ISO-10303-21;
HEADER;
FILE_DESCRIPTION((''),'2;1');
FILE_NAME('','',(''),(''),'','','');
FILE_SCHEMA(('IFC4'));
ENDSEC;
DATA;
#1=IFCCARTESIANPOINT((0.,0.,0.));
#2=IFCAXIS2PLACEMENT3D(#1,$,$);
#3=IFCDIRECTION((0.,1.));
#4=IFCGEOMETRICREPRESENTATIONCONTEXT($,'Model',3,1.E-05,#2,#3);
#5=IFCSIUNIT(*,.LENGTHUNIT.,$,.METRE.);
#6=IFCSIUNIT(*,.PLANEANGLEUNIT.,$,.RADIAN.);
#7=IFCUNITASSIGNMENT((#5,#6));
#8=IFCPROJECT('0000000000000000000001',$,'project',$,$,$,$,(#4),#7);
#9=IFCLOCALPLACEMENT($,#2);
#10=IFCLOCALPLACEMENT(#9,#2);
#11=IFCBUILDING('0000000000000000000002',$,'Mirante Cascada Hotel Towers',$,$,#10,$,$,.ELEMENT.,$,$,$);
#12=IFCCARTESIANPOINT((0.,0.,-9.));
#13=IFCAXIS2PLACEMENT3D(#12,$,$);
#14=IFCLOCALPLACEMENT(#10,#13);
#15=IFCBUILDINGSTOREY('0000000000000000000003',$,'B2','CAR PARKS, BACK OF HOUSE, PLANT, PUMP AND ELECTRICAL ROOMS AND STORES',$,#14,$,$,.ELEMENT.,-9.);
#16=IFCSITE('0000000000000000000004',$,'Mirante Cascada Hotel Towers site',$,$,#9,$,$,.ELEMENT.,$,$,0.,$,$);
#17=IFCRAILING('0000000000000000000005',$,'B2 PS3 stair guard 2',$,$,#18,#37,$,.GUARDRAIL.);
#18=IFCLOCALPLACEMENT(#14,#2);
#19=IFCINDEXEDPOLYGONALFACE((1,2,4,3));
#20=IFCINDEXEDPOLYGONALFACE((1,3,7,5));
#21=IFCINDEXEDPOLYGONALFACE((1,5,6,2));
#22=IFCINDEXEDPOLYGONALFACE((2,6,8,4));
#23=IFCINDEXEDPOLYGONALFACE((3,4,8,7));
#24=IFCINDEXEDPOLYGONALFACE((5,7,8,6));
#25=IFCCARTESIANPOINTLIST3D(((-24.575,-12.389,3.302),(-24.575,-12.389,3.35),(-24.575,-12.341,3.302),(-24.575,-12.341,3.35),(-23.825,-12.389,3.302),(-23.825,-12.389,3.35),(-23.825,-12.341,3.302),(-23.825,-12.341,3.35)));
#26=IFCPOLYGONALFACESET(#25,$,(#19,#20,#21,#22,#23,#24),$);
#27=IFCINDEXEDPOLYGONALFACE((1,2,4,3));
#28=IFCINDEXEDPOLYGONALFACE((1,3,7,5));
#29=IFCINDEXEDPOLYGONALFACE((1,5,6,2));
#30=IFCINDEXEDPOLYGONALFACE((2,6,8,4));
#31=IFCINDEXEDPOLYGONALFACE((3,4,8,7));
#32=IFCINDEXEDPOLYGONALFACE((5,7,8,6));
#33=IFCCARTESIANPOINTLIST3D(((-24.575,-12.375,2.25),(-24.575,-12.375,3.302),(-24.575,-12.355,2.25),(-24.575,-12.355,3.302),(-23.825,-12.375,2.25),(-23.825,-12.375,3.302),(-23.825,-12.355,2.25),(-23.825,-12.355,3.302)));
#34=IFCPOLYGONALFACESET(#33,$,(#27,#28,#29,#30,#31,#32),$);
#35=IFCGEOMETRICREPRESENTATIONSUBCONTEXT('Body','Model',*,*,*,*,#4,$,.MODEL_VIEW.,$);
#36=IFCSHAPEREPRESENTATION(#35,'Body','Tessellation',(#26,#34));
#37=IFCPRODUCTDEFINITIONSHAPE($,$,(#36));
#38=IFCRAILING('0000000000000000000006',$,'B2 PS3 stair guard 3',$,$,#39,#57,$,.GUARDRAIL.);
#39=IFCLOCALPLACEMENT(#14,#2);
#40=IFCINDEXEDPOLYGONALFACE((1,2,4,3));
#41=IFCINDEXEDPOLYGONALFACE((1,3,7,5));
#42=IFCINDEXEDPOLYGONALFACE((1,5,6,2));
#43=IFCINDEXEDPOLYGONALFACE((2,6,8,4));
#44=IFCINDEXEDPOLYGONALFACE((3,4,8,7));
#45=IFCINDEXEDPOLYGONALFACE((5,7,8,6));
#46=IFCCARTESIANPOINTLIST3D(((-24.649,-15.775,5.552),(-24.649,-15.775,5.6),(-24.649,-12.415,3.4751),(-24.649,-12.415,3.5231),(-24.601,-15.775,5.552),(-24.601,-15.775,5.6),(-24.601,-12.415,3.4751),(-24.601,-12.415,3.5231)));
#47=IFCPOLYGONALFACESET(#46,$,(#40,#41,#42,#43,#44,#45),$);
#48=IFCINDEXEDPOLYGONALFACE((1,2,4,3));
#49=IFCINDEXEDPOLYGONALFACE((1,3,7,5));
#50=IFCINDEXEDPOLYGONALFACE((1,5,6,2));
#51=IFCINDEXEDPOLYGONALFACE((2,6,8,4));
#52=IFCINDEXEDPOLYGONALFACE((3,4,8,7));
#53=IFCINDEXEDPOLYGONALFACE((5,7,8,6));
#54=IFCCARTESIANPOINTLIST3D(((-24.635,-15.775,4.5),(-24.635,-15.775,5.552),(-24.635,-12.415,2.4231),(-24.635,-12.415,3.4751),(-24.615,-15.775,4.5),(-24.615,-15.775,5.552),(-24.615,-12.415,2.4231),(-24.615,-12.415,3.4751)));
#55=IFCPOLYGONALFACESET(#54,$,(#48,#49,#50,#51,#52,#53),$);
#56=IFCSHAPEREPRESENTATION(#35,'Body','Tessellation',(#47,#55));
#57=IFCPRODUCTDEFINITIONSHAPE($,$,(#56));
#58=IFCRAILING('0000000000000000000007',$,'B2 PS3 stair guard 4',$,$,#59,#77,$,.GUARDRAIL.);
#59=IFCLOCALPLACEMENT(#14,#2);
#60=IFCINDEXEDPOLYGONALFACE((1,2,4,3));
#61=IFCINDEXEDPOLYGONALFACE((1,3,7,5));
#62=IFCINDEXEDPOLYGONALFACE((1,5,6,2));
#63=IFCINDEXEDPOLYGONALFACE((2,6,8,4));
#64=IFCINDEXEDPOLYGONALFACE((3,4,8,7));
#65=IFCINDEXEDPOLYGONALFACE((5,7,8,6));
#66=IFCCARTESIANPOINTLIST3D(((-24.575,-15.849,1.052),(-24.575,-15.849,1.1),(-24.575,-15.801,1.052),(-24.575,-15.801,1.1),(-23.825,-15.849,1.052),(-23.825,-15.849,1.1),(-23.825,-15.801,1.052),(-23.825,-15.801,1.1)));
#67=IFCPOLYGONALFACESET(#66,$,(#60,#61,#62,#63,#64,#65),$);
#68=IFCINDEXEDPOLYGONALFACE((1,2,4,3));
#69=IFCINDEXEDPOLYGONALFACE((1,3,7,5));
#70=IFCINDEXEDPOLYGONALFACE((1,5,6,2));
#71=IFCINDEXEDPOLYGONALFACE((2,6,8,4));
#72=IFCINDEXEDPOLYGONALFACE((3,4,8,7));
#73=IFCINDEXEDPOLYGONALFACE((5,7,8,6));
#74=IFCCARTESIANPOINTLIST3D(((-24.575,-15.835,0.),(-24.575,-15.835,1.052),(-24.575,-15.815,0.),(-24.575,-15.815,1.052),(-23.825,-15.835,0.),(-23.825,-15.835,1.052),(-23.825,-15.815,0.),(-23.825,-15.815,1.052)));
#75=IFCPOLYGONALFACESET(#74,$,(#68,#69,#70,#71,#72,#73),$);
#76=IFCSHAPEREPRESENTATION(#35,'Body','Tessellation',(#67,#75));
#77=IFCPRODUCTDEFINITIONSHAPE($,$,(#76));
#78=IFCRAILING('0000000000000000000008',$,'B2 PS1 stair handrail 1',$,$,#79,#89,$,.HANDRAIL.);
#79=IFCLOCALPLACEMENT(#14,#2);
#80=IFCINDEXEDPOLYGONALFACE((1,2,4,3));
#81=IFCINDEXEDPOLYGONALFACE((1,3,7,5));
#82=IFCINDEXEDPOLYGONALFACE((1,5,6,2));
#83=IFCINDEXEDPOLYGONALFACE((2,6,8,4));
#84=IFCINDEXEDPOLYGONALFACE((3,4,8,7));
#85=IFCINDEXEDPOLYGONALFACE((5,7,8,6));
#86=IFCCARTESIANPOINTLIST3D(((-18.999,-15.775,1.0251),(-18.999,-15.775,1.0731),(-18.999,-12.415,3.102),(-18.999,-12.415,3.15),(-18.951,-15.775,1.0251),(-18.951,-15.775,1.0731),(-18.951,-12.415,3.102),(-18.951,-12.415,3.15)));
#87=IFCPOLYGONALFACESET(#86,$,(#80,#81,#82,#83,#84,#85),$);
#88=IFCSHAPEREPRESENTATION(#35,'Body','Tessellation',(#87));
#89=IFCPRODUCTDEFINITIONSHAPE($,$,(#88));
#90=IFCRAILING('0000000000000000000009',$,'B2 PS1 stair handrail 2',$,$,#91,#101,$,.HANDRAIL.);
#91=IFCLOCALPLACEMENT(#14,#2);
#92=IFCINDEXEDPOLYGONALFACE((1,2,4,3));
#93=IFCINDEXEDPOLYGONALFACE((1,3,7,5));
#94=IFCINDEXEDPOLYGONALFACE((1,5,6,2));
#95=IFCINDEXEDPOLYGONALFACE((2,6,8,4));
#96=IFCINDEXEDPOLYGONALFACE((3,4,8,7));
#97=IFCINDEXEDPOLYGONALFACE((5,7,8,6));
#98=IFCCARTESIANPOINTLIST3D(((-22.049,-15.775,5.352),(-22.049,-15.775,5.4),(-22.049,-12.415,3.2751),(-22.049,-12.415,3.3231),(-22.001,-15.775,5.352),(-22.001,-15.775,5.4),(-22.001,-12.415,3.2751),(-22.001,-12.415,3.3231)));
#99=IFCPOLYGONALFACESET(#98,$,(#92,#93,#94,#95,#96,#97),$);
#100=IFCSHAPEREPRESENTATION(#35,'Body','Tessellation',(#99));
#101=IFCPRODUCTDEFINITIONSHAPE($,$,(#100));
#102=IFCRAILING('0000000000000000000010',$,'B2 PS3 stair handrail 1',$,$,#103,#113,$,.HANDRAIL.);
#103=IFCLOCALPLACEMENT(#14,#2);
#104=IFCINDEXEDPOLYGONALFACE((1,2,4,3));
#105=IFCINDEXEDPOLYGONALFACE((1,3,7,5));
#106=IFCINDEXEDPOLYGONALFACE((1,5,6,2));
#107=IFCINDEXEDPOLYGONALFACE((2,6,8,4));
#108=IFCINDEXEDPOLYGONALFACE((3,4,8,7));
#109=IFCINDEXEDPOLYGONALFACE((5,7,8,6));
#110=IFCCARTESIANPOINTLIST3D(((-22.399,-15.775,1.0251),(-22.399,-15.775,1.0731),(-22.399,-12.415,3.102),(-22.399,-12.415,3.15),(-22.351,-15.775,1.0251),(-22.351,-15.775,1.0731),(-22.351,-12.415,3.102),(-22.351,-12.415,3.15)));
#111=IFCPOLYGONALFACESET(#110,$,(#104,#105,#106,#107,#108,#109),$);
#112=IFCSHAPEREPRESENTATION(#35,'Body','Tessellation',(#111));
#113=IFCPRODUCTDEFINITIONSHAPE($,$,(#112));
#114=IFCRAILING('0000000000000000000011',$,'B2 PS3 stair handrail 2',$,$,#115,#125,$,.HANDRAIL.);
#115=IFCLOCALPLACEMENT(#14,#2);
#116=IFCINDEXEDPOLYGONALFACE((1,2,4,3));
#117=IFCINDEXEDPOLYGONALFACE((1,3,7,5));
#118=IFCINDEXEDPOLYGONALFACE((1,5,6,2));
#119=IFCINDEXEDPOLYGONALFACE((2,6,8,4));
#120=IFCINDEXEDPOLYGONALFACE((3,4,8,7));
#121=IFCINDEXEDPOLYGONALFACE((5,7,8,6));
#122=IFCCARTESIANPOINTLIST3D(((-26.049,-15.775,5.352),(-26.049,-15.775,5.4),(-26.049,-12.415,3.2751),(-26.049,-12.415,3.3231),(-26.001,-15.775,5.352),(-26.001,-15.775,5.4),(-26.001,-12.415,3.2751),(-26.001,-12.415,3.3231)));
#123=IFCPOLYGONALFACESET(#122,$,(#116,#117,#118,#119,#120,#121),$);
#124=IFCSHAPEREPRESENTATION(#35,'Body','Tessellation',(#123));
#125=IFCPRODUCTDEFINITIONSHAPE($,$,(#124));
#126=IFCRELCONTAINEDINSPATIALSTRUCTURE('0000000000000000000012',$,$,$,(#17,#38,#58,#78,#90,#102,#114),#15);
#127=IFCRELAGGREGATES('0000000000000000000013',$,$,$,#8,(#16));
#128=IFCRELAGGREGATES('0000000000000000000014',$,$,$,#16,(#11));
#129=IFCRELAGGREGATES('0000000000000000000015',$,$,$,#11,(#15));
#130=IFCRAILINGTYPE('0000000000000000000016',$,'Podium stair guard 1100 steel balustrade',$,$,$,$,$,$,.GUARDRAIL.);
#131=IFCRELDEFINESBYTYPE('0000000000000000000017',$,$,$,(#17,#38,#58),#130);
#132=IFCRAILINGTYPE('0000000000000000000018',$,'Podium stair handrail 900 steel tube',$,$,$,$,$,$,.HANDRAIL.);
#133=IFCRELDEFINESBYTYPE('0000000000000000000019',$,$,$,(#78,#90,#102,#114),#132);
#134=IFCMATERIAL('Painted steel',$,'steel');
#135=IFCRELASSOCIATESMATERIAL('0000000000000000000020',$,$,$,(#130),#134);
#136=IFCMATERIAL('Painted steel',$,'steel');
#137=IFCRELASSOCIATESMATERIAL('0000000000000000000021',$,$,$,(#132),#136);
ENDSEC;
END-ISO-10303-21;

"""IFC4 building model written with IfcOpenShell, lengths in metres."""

from ifc_helpers import new_model, si_unit, direction, frame, origin, origin_2d, place, context, subcontext, project, spatial, rectangle, extrude, material, type_object, element, save


model = new_model("IFC4")

# Units and contexts
model_context = context("Model", 3, precision=1e-05, world=origin(), true_north=direction((0.0, 1.0)))
body_context = subcontext(model_context, "Body", "Model", "MODEL_VIEW")
ifc_project = project(units=[si_unit("LENGTHUNIT", "METRE"), si_unit("PLANEANGLEUNIT", "RADIAN")], contexts=[model_context])

# Site, building, storey
site_placement = place(None, origin())
site = spatial("IfcSite", under=ifc_project, at=site_placement, Name="Mirante Cascada Hotel Towers site", CompositionType="ELEMENT", RefElevation=0.0)
building_placement = place(site_placement, origin())
building = spatial("IfcBuilding", under=site, at=building_placement, Name="Mirante Cascada Hotel Towers", CompositionType="ELEMENT")
storey_placement = place(building_placement, frame((0.0, 0.0, -9.0)))
storey = spatial("IfcBuildingStorey", under=building, at=storey_placement, Name="B2", Description="CAR PARKS, BACK OF HOUSE, PLANT, PUMP AND ELECTRICAL ROOMS AND STORES", CompositionType="ELEMENT", Elevation=-9.0)

# Railings
ifc_material_1 = material(Name="Painted steel", Category="steel")
railing_type_1 = type_object("IfcRailingType", Name="Podium stair guard 1100 steel balustrade", PredefinedType="GUARDRAIL", material=ifc_material_1)
railing_1_placement = place(storey_placement, frame((-23.825, -12.365, 2.25)))
element("IfcRailing", 1, at=railing_1_placement, inside=storey, type_object=railing_type_1, Name="B2 PS3 stair guard 2", PredefinedType="GUARDRAIL", context=body_context, shape_type="SweptSolid", body=[
    extrude(rectangle(XDim=0.048, YDim=0.048, at=origin_2d()), frame((0.0, 0.0, 1.076), z_axis=(-1.0, 0.0, 0.0), x_axis=(0.0, -1.0, 0.0)), (0.0, 0.0, 1.0), 0.75),
    extrude(rectangle(XDim=0.02, YDim=1.052, at=origin_2d()), frame((0.0, 0.0, 0.526), z_axis=(-1.0, 0.0, 0.0), x_axis=(0.0, -1.0, 0.0)), (0.0, 0.0, 1.0), 0.75),
])
railing_2_placement = place(storey_placement, frame((-24.625, -12.415, 2.4231)))
element("IfcRailing", 2, at=railing_2_placement, inside=storey, type_object=railing_type_1, Name="B2 PS3 stair guard 3", PredefinedType="GUARDRAIL", context=body_context, shape_type="SweptSolid", body=[
    extrude(rectangle(XDim=0.048, YDim=0.048, at=origin_2d()), frame((0.0, 0.0, 1.076), z_axis=(0.0, -1.0, 0.0), x_axis=(1.0, 0.0, 0.0)), (0.0, 0.525787, 0.850616), 3.9501),
    extrude(rectangle(XDim=0.02, YDim=1.052, at=origin_2d()), frame((0.0, 0.0, 0.526), z_axis=(0.0, -1.0, 0.0), x_axis=(1.0, 0.0, 0.0)), (0.0, 0.525787, 0.850616), 3.9501),
])
railing_3_placement = place(storey_placement, frame((-23.825, -15.825, 0.0)))
element("IfcRailing", 3, at=railing_3_placement, inside=storey, type_object=railing_type_1, Name="B2 PS3 stair guard 4", PredefinedType="GUARDRAIL", context=body_context, shape_type="SweptSolid", body=[
    extrude(rectangle(XDim=0.048, YDim=0.048, at=origin_2d()), frame((0.0, 0.0, 1.076), z_axis=(-1.0, 0.0, 0.0), x_axis=(0.0, -1.0, 0.0)), (0.0, 0.0, 1.0), 0.75),
    extrude(rectangle(XDim=0.02, YDim=1.052, at=origin_2d()), frame((0.0, 0.0, 0.526), z_axis=(-1.0, 0.0, 0.0), x_axis=(0.0, -1.0, 0.0)), (0.0, 0.0, 1.0), 0.75),
])
ifc_material_2 = material(Name="Painted steel", Category="steel")
railing_type_2 = type_object("IfcRailingType", Name="Podium stair handrail 900 steel tube", PredefinedType="HANDRAIL", material=ifc_material_2)
railing_4_placement = place(storey_placement, frame((-18.975, -15.775, 0.1731)))
element("IfcRailing", 4, at=railing_4_placement, inside=storey, type_object=railing_type_2, Name="B2 PS1 stair handrail 1", PredefinedType="HANDRAIL", context=body_context, shape_type="SweptSolid", body=[
    extrude(rectangle(XDim=0.048, YDim=0.048, at=origin_2d()), frame((0.0, 0.0, 0.876), z_axis=(0.0, 1.0, 0.0), x_axis=(-1.0, 0.0, 0.0)), (0.0, 0.525787, 0.850616), 3.9501),
])
railing_5_placement = place(storey_placement, frame((-22.025, -12.415, 2.4231)))
element("IfcRailing", 5, at=railing_5_placement, inside=storey, type_object=railing_type_2, Name="B2 PS1 stair handrail 2", PredefinedType="HANDRAIL", context=body_context, shape_type="SweptSolid", body=[
    extrude(rectangle(XDim=0.048, YDim=0.048, at=origin_2d()), frame((0.0, 0.0, 0.876), z_axis=(0.0, -1.0, 0.0), x_axis=(1.0, 0.0, 0.0)), (0.0, 0.525787, 0.850616), 3.9501),
])
railing_6_placement = place(storey_placement, frame((-22.375, -15.775, 0.1731)))
element("IfcRailing", 6, at=railing_6_placement, inside=storey, type_object=railing_type_2, Name="B2 PS3 stair handrail 1", PredefinedType="HANDRAIL", context=body_context, shape_type="SweptSolid", body=[
    extrude(rectangle(XDim=0.048, YDim=0.048, at=origin_2d()), frame((0.0, 0.0, 0.876), z_axis=(0.0, 1.0, 0.0), x_axis=(-1.0, 0.0, 0.0)), (0.0, 0.525787, 0.850616), 3.9501),
])
railing_7_placement = place(storey_placement, frame((-26.025, -12.415, 2.4231)))
element("IfcRailing", 7, at=railing_7_placement, inside=storey, type_object=railing_type_2, Name="B2 PS3 stair handrail 2", PredefinedType="HANDRAIL", context=body_context, shape_type="SweptSolid", body=[
    extrude(rectangle(XDim=0.048, YDim=0.048, at=origin_2d()), frame((0.0, 0.0, 0.876), z_axis=(0.0, -1.0, 0.0), x_axis=(1.0, 0.0, 0.0)), (0.0, 0.525787, 0.850616), 3.9501),
])

save(model, "model.ifc")
